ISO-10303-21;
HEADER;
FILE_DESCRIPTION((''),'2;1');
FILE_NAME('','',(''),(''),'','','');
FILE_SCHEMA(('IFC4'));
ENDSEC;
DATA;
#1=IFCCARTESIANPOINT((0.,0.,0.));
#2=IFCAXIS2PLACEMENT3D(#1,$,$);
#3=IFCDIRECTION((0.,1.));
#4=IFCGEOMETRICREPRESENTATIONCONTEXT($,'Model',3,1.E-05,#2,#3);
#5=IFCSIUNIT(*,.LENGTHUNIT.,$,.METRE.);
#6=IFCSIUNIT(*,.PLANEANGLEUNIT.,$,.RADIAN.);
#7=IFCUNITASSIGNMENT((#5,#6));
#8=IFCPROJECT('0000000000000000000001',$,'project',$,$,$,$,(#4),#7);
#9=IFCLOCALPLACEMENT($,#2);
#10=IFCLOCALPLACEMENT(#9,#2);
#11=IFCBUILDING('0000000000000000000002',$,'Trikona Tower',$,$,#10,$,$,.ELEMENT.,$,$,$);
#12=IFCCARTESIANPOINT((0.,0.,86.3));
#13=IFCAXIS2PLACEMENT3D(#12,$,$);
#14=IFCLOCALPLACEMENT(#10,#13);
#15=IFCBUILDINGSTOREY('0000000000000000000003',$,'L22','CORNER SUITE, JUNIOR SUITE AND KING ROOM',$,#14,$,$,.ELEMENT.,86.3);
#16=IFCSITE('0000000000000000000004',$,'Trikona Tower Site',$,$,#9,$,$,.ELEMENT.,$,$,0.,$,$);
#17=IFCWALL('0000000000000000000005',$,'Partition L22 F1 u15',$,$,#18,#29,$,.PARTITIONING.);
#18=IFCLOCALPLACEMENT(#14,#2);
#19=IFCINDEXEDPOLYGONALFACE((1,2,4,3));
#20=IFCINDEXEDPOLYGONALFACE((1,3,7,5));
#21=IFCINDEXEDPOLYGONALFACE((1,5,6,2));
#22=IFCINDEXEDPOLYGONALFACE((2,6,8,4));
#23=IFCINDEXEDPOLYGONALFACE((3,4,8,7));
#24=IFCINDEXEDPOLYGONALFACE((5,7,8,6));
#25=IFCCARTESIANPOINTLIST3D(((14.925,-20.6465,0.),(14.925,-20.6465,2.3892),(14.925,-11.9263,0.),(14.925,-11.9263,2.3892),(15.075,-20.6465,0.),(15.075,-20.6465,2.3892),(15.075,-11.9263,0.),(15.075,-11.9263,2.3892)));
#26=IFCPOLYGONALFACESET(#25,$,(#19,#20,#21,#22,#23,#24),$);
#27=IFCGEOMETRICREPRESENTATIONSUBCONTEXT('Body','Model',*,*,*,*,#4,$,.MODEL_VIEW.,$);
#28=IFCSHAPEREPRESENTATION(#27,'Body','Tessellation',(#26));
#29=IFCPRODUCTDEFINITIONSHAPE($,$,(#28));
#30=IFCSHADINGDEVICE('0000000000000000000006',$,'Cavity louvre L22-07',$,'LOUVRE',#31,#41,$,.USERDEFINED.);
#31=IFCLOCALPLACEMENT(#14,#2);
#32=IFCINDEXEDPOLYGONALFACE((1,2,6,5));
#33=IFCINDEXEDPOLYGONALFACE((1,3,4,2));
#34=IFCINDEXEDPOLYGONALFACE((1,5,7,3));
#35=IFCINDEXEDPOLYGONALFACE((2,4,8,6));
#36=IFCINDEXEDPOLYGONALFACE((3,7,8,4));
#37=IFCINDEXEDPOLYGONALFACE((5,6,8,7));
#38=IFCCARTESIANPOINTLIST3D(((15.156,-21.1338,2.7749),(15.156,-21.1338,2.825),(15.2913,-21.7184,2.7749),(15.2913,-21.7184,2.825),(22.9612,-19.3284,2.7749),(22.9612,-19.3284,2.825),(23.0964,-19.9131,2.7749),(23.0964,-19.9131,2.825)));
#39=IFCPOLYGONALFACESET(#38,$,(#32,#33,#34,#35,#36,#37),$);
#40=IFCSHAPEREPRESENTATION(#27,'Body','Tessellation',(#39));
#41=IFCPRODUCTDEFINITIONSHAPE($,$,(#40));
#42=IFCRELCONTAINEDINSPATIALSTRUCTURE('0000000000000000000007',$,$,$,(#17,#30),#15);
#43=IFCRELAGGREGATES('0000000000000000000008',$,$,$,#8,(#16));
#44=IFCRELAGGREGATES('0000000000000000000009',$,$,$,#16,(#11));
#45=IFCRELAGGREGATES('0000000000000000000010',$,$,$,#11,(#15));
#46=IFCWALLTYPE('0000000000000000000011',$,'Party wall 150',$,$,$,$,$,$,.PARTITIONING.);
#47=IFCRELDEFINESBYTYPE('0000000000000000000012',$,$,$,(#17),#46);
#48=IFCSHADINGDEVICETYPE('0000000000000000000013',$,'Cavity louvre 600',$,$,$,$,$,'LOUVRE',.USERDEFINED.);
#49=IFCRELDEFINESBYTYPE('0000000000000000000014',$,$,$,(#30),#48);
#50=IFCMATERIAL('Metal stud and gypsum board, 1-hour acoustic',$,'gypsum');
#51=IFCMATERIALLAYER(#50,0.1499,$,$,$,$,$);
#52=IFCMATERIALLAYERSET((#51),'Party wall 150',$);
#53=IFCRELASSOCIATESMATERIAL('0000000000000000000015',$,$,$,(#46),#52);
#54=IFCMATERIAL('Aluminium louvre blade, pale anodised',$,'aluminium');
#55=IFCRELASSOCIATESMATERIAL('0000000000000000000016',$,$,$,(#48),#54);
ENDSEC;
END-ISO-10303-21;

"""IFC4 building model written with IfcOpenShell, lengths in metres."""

from ifc_helpers import new_model, si_unit, direction, frame, frame_2d, origin, origin_2d, place, context, subcontext, project, spatial, rectangle, extrude, material, layer, layer_set, type_object, element, save


model = new_model("IFC4")

# Units and contexts
model_context = context("Model", 3, precision=1e-05, world=origin(), true_north=direction((0.0, 1.0)))
body_context = subcontext(model_context, "Body", "Model", "MODEL_VIEW")
ifc_project = project(units=[si_unit("LENGTHUNIT", "METRE"), si_unit("PLANEANGLEUNIT", "RADIAN")], contexts=[model_context])

# Site, building, storey
site_placement = place(None, origin())
site = spatial("IfcSite", under=ifc_project, at=site_placement, Name="Trikona Tower Site", CompositionType="ELEMENT", RefElevation=0.0)
building_placement = place(site_placement, origin())
building = spatial("IfcBuilding", under=site, at=building_placement, Name="Trikona Tower", CompositionType="ELEMENT")
storey_placement = place(building_placement, frame((0.0, 0.0, 86.3)))
storey = spatial("IfcBuildingStorey", under=building, at=storey_placement, Name="L22", Description="CORNER SUITE, JUNIOR SUITE AND KING ROOM", CompositionType="ELEMENT", Elevation=86.3)

# Wall
ifc_material_1 = material(Name="Metal stud and gypsum board, 1-hour acoustic", Category="gypsum")
ifc_layer_1 = layer(ifc_material_1, 0.1499)
ifc_layer_set_1 = layer_set([ifc_layer_1], Name="Party wall 150")
wall_type_1 = type_object("IfcWallType", Name="Party wall 150", PredefinedType="PARTITIONING", material=ifc_layer_set_1)
wall_1_placement = place(storey_placement, frame((15.0, -11.9263, 0.0), z_axis=(0.0, 0.0, 1.0), x_axis=(0.0, -1.0, 0.0)))
element("IfcWall", 1, at=wall_1_placement, inside=storey, type_object=wall_type_1, Name="Partition L22 F1 u15", PredefinedType="PARTITIONING", context=body_context, shape_type="SweptSolid", body=[
    extrude(rectangle(XDim=8.7202, YDim=0.1499, at=frame_2d((4.3601, 0.0))), origin(), (0.0, 0.0, 1.0), 2.3892),
])

# Shading device
ifc_material_2 = material(Name="Aluminium louvre blade, pale anodised", Category="aluminium")
shading_device_type = type_object("IfcShadingDeviceType", Name="Cavity louvre 600", ElementType="LOUVRE", PredefinedType="USERDEFINED", material=ifc_material_2)
shading_device_placement = place(storey_placement, frame((19.1262, -20.5234, 2.7749), z_axis=(0.0, 0.0, 1.0), x_axis=(0.974278, 0.225351, 0.0)))
element("IfcShadingDevice", 2, at=shading_device_placement, inside=storey, type_object=shading_device_type, Name="Cavity louvre L22-07", ObjectType="LOUVRE", PredefinedType="USERDEFINED", context=body_context, shape_type="SweptSolid", body=[
    extrude(rectangle(XDim=8.0112, YDim=0.6001, at=origin_2d()), origin(), (0.0, 0.0, 1.0), 0.05),
])

save(model, "model.ifc")
